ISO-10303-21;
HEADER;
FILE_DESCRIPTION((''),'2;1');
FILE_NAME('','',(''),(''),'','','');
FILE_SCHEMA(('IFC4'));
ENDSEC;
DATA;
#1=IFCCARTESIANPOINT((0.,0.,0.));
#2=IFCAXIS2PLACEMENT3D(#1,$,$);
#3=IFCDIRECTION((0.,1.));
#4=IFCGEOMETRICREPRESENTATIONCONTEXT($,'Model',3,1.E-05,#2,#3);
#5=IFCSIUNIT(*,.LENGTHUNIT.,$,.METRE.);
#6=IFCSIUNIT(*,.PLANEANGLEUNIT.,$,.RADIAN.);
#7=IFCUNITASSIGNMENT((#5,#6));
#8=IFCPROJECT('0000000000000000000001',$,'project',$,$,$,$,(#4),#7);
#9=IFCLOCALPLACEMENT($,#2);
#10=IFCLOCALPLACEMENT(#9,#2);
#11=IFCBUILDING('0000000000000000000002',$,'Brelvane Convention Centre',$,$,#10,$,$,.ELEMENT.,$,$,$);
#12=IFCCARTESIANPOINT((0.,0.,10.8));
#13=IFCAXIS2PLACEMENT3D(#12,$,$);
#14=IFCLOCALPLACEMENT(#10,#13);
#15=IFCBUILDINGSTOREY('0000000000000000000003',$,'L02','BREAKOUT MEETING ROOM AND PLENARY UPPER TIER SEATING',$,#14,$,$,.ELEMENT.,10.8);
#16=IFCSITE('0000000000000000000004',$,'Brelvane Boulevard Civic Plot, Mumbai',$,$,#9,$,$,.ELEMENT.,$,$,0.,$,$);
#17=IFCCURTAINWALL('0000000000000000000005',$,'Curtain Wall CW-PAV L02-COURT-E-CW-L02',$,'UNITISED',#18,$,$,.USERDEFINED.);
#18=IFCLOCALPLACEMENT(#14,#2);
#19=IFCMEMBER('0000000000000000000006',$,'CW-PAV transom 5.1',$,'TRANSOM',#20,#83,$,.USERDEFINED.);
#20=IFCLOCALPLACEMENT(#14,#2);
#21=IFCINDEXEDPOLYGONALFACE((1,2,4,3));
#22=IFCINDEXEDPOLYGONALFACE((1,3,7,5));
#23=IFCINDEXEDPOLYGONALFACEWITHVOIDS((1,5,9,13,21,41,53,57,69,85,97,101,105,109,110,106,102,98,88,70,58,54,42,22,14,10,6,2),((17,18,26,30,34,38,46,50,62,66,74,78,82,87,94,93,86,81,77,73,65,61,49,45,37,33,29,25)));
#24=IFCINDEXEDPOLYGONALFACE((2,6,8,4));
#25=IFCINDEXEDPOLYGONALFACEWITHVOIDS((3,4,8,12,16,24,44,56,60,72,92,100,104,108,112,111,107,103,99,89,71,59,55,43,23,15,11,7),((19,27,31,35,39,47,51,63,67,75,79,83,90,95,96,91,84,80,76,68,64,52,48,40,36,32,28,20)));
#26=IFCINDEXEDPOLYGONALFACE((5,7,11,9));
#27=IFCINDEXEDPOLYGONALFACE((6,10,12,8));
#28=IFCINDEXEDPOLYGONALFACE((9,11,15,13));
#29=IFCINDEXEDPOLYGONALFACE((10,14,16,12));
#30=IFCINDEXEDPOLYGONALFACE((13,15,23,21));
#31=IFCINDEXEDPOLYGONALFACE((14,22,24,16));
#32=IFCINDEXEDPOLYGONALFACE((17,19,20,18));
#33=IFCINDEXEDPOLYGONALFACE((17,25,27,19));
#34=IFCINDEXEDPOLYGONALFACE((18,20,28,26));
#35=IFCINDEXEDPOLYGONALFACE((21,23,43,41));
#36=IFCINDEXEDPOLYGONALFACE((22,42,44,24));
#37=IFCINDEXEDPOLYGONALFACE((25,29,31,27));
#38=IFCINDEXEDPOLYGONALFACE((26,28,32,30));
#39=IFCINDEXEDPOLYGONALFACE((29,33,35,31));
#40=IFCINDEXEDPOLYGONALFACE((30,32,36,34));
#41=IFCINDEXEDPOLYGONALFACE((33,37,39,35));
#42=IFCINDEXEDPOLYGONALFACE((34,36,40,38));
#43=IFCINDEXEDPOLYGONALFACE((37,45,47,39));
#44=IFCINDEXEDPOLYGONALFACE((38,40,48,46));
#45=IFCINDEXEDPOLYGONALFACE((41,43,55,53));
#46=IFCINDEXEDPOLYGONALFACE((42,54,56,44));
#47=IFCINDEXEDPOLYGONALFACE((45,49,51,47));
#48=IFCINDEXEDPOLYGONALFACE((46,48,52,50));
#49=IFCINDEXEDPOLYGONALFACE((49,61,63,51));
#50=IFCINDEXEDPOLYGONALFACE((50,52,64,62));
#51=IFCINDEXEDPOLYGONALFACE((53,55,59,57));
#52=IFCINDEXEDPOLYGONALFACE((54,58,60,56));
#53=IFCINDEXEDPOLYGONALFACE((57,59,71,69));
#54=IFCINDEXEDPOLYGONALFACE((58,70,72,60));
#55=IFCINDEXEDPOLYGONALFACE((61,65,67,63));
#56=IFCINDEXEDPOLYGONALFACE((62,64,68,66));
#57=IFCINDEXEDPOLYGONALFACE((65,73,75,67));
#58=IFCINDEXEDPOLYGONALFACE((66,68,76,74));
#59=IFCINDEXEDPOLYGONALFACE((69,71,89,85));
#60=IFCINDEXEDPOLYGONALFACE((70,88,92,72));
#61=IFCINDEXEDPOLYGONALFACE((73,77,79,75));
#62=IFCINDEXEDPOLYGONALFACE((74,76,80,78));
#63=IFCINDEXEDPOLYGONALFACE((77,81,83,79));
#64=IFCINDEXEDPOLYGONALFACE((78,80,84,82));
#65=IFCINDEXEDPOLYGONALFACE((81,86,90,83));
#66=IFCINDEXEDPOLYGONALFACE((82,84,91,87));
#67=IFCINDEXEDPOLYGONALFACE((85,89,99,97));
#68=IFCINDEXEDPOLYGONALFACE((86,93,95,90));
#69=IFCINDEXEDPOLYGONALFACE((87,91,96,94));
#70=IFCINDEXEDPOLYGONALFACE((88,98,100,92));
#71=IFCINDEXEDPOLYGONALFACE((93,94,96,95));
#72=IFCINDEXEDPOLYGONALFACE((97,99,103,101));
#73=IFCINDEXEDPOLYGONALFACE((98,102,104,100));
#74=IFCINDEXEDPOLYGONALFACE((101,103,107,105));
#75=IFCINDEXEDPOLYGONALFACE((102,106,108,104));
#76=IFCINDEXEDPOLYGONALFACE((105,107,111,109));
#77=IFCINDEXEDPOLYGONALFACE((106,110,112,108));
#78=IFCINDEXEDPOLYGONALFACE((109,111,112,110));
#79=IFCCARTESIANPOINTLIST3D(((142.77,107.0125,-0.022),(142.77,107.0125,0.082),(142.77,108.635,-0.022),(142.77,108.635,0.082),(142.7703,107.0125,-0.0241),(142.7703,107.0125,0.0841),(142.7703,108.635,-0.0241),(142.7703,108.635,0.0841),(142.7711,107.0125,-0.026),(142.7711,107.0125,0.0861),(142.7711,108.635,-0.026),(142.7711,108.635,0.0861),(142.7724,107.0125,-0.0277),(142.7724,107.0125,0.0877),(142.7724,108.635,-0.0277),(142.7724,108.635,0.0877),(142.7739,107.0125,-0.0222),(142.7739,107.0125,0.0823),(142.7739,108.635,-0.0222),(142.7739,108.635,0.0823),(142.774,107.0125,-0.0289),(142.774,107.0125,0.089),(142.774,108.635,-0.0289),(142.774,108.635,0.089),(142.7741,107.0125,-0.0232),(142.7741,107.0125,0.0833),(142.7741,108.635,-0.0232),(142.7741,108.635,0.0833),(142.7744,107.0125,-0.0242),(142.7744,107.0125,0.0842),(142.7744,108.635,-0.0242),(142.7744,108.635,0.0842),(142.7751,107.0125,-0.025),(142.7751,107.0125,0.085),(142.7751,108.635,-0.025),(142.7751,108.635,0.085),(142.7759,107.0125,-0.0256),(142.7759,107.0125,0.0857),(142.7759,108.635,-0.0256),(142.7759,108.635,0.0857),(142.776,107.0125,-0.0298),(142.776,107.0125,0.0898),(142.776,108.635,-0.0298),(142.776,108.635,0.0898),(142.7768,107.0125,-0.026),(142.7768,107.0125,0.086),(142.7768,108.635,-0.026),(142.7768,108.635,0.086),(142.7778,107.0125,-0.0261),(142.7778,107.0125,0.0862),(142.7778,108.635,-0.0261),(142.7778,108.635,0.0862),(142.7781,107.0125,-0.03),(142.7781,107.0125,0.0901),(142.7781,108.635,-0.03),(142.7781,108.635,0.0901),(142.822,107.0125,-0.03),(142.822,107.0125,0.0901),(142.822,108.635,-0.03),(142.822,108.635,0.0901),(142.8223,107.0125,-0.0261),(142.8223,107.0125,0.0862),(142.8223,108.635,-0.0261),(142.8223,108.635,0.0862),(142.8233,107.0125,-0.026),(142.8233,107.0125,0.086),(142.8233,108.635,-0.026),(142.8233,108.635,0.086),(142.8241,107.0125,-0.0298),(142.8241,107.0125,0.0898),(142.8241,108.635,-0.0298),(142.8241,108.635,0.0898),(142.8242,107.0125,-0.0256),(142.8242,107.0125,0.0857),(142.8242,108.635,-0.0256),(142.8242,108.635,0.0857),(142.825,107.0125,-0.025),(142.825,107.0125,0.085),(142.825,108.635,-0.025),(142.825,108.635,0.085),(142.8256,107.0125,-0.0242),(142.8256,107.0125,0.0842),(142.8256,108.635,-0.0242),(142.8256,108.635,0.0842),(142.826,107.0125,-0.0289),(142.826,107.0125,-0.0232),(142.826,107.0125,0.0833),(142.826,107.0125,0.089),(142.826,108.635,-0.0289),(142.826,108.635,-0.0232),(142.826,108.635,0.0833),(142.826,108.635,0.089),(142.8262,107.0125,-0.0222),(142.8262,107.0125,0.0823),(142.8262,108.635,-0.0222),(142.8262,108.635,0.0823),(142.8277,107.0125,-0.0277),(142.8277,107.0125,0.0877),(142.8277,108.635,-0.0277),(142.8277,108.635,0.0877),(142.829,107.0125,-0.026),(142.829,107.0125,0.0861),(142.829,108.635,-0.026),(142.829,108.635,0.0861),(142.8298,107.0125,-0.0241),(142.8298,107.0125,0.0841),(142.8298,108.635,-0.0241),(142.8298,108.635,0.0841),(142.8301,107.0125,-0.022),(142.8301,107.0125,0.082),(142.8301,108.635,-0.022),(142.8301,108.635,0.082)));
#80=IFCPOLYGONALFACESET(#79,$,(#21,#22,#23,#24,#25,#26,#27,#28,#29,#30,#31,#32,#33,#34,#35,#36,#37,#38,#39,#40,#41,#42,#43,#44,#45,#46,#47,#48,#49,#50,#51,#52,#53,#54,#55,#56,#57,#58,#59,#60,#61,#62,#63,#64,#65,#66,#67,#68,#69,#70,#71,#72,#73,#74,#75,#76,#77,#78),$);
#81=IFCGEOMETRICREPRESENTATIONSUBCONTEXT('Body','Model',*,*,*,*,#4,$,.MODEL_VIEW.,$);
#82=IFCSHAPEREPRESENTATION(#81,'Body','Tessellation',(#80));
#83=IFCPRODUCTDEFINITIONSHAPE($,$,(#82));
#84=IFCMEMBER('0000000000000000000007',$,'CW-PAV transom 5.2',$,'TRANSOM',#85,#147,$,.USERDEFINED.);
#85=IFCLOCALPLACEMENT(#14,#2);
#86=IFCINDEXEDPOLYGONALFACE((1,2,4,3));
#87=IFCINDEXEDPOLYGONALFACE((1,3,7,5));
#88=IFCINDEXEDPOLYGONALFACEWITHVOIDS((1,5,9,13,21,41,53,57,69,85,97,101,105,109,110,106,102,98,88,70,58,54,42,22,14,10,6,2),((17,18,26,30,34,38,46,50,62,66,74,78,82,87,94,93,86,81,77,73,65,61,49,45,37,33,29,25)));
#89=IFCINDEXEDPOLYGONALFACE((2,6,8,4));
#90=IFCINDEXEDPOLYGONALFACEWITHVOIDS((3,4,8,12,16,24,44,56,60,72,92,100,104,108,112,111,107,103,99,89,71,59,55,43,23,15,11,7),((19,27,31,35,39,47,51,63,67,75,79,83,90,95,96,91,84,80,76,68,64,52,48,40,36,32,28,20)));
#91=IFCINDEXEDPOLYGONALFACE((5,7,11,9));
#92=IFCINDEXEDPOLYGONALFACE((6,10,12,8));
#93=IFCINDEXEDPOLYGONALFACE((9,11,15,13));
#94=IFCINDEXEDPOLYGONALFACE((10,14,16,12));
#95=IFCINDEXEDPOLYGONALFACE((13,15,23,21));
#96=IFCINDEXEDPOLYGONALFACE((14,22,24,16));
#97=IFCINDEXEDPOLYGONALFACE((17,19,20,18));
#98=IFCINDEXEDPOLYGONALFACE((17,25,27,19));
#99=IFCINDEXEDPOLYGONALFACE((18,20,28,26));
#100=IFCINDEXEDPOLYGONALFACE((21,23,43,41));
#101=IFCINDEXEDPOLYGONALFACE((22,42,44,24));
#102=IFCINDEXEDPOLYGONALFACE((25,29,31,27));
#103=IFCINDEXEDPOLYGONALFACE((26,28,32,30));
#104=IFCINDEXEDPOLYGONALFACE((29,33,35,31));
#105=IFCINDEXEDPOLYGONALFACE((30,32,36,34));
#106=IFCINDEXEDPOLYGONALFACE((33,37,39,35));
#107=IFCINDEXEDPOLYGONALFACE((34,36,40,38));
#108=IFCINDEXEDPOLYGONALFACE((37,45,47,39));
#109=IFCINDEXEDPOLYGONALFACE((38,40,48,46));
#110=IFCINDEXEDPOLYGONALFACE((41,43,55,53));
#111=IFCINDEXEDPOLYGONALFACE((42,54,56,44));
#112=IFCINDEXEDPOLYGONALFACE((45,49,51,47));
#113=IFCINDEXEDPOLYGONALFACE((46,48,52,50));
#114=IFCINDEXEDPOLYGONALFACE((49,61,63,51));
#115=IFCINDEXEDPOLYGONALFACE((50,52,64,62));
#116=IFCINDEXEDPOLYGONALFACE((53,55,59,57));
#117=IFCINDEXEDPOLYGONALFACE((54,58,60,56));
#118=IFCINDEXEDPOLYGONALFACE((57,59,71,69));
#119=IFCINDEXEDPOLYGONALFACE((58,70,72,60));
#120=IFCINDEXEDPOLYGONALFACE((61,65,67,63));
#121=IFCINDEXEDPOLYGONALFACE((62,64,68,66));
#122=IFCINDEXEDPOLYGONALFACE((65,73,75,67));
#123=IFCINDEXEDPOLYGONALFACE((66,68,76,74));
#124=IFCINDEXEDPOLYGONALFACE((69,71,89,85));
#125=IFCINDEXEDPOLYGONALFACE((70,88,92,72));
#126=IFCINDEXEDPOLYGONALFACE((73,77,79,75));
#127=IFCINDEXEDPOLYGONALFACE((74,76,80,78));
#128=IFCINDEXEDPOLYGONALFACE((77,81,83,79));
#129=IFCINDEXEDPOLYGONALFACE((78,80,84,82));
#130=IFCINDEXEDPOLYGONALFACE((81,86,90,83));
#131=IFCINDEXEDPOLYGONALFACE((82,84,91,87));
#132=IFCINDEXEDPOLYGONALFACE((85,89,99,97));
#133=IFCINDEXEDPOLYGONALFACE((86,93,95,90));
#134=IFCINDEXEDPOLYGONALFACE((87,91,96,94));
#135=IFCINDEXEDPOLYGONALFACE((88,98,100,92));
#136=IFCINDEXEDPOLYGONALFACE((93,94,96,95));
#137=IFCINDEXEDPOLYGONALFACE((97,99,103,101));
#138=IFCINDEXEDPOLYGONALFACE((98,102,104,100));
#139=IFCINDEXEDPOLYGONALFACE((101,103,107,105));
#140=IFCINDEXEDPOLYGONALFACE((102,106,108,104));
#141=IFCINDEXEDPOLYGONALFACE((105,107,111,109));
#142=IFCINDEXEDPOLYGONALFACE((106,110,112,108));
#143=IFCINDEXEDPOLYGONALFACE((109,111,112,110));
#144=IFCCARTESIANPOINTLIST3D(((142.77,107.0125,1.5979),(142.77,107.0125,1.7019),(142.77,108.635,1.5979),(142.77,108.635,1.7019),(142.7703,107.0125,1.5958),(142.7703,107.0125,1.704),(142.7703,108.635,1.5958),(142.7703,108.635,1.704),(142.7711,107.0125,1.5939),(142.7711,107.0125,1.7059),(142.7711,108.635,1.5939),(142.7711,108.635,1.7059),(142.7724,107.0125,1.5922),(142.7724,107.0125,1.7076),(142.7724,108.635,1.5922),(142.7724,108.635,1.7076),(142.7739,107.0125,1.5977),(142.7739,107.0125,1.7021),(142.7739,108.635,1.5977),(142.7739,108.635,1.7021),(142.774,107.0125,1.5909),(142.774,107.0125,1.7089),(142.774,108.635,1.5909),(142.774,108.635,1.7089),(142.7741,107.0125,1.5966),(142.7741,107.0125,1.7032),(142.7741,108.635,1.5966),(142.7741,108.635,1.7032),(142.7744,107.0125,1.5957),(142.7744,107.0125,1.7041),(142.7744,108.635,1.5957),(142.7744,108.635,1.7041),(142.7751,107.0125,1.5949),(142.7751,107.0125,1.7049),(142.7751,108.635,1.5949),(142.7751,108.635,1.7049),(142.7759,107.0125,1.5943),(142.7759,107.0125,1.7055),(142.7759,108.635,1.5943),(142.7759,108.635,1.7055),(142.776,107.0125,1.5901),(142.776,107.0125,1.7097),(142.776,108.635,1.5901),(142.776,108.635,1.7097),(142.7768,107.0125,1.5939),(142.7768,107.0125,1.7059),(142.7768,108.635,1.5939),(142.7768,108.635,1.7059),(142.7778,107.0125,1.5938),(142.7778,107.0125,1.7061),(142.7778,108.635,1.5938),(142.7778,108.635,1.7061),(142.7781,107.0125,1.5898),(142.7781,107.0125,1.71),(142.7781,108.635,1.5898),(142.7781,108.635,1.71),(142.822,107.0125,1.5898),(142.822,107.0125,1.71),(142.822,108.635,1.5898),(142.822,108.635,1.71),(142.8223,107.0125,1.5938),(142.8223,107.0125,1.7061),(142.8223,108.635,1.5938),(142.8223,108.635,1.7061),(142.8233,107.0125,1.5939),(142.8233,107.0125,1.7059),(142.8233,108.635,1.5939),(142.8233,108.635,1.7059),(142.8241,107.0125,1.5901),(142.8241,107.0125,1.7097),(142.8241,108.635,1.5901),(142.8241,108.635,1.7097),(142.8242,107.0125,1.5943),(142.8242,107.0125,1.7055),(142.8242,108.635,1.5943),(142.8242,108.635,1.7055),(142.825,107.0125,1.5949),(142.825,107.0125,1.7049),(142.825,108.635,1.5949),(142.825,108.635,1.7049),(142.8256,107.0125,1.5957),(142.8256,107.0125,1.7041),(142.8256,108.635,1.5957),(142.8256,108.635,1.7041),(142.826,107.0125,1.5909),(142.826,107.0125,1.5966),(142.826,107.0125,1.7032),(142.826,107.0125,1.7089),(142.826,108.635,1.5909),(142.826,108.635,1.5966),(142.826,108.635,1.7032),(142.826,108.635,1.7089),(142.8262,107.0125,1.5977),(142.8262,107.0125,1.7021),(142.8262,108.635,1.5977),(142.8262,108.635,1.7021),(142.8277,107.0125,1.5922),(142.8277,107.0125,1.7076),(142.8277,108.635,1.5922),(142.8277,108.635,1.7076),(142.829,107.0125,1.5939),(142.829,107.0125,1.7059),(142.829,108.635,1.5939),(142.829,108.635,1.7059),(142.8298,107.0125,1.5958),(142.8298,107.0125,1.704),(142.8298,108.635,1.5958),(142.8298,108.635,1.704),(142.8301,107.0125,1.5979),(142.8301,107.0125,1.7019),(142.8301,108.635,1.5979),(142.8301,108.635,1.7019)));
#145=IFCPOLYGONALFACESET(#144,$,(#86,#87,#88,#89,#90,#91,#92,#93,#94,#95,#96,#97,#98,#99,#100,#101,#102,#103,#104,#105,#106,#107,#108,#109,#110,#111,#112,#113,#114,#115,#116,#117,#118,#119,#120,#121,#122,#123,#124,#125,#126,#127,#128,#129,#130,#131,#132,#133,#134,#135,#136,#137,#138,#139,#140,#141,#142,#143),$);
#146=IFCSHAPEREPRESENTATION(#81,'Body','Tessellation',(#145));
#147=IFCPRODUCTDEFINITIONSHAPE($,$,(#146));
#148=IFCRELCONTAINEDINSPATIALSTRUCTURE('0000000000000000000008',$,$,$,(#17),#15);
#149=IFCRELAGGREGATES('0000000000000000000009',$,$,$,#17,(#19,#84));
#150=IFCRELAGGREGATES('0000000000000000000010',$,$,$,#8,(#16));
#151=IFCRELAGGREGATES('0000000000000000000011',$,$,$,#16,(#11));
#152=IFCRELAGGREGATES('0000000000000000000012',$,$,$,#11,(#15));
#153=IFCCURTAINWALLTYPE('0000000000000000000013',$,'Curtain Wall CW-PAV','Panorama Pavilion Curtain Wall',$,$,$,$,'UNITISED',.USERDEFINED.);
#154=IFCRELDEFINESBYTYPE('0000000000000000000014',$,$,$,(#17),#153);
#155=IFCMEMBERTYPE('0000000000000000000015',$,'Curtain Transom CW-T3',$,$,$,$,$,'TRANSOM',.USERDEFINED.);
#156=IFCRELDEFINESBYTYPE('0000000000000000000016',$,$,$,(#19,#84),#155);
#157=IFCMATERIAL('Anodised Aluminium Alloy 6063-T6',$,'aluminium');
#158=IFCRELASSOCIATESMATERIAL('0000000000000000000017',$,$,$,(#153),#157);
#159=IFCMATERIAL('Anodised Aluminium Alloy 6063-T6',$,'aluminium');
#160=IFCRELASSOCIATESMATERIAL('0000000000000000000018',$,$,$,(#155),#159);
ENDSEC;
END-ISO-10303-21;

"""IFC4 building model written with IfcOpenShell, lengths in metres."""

from ifc_helpers import new_model, si_unit, direction, frame, origin, origin_2d, place, context, subcontext, project, spatial, hollow_rectangle, extrude, material, material_profile, profile_set, type_object, element, aggregate, save


model = new_model("IFC4")

# Units and contexts
model_context = context("Model", 3, precision=1e-05, world=origin(), true_north=direction((0.0, 1.0)))
body_context = subcontext(model_context, "Body", "Model", "MODEL_VIEW")
ifc_project = project(units=[si_unit("LENGTHUNIT", "METRE"), si_unit("PLANEANGLEUNIT", "RADIAN")], contexts=[model_context])

# Site, building, storey
site_placement = place(None, origin())
site = spatial("IfcSite", under=ifc_project, at=site_placement, Name="Brelvane Boulevard Civic Plot, Mumbai", CompositionType="ELEMENT", RefElevation=0.0)
building_placement = place(site_placement, origin())
building = spatial("IfcBuilding", under=site, at=building_placement, Name="Brelvane Convention Centre", CompositionType="ELEMENT")
storey_placement = place(building_placement, frame((0.0, 0.0, 10.8)))
storey = spatial("IfcBuildingStorey", under=building, at=storey_placement, Name="L02", Description="BREAKOUT MEETING ROOM AND PLENARY UPPER TIER SEATING", CompositionType="ELEMENT", Elevation=10.8)

# Curtain wall, members
ifc_material_1 = material(Name="Anodised Aluminium Alloy 6063-T6", Category="aluminium")
curtain_wall_type = type_object("IfcCurtainWallType", Name="Curtain Wall CW-PAV", Description="Panorama Pavilion Curtain Wall", ElementType="UNITISED", PredefinedType="USERDEFINED", material=ifc_material_1)
curtain_wall_placement = place(storey_placement, origin())
curtain_wall = element("IfcCurtainWall", 1, at=curtain_wall_placement, inside=storey, type_object=curtain_wall_type, Name="Curtain Wall CW-PAV L02-COURT-E-CW-L02", ObjectType="UNITISED", PredefinedType="USERDEFINED")
ifc_material_2 = material(Name="Anodised Aluminium Alloy 6063-T6", Category="aluminium")
ifc_material_profile_1 = material_profile(ifc_material_2, hollow_rectangle(XDim=0.0601, YDim=0.1201, WallThickness=0.0039, InnerFilletRadius=0.0039, OuterFilletRadius=0.0081, at=origin_2d()), Name="ALU-T 120x60x4.0")
ifc_profile_set_1 = profile_set([ifc_material_profile_1], Name="Anodised Aluminium Alloy 6063-T6")
member_type_1 = type_object("IfcMemberType", Name="Curtain Transom CW-T3", ElementType="TRANSOM", PredefinedType="USERDEFINED", material=ifc_profile_set_1)
member_1_placement = place(storey_placement, frame((142.8, 107.0125, 0.03), z_axis=(0.0, 1.0, 0.0), x_axis=(-1.0, 0.0, 0.0)))
member_1 = element("IfcMember", 2, at=member_1_placement, type_object=member_type_1, Name="CW-PAV transom 5.1", ObjectType="TRANSOM", PredefinedType="USERDEFINED", context=body_context, shape_type="SweptSolid", body=[
    extrude(hollow_rectangle(XDim=0.0601, YDim=0.1201, WallThickness=0.0039, InnerFilletRadius=0.0039, OuterFilletRadius=0.0081, at=origin_2d()), origin(), (0.0, 0.0, 1.0), 1.6226),
])
member_2_placement = place(storey_placement, frame((142.8, 107.0125, 1.6499), z_axis=(0.0, 1.0, 0.0), x_axis=(-1.0, 0.0, 0.0)))
member_2 = element("IfcMember", 3, at=member_2_placement, type_object=member_type_1, Name="CW-PAV transom 5.2", ObjectType="TRANSOM", PredefinedType="USERDEFINED", context=body_context, shape_type="SweptSolid", body=[
    extrude(hollow_rectangle(XDim=0.0601, YDim=0.1201, WallThickness=0.0039, InnerFilletRadius=0.0039, OuterFilletRadius=0.0081, at=origin_2d()), origin(), (0.0, 0.0, 1.0), 1.6226),
])

aggregate(curtain_wall, [member_1, member_2])

save(model, "model.ifc")
